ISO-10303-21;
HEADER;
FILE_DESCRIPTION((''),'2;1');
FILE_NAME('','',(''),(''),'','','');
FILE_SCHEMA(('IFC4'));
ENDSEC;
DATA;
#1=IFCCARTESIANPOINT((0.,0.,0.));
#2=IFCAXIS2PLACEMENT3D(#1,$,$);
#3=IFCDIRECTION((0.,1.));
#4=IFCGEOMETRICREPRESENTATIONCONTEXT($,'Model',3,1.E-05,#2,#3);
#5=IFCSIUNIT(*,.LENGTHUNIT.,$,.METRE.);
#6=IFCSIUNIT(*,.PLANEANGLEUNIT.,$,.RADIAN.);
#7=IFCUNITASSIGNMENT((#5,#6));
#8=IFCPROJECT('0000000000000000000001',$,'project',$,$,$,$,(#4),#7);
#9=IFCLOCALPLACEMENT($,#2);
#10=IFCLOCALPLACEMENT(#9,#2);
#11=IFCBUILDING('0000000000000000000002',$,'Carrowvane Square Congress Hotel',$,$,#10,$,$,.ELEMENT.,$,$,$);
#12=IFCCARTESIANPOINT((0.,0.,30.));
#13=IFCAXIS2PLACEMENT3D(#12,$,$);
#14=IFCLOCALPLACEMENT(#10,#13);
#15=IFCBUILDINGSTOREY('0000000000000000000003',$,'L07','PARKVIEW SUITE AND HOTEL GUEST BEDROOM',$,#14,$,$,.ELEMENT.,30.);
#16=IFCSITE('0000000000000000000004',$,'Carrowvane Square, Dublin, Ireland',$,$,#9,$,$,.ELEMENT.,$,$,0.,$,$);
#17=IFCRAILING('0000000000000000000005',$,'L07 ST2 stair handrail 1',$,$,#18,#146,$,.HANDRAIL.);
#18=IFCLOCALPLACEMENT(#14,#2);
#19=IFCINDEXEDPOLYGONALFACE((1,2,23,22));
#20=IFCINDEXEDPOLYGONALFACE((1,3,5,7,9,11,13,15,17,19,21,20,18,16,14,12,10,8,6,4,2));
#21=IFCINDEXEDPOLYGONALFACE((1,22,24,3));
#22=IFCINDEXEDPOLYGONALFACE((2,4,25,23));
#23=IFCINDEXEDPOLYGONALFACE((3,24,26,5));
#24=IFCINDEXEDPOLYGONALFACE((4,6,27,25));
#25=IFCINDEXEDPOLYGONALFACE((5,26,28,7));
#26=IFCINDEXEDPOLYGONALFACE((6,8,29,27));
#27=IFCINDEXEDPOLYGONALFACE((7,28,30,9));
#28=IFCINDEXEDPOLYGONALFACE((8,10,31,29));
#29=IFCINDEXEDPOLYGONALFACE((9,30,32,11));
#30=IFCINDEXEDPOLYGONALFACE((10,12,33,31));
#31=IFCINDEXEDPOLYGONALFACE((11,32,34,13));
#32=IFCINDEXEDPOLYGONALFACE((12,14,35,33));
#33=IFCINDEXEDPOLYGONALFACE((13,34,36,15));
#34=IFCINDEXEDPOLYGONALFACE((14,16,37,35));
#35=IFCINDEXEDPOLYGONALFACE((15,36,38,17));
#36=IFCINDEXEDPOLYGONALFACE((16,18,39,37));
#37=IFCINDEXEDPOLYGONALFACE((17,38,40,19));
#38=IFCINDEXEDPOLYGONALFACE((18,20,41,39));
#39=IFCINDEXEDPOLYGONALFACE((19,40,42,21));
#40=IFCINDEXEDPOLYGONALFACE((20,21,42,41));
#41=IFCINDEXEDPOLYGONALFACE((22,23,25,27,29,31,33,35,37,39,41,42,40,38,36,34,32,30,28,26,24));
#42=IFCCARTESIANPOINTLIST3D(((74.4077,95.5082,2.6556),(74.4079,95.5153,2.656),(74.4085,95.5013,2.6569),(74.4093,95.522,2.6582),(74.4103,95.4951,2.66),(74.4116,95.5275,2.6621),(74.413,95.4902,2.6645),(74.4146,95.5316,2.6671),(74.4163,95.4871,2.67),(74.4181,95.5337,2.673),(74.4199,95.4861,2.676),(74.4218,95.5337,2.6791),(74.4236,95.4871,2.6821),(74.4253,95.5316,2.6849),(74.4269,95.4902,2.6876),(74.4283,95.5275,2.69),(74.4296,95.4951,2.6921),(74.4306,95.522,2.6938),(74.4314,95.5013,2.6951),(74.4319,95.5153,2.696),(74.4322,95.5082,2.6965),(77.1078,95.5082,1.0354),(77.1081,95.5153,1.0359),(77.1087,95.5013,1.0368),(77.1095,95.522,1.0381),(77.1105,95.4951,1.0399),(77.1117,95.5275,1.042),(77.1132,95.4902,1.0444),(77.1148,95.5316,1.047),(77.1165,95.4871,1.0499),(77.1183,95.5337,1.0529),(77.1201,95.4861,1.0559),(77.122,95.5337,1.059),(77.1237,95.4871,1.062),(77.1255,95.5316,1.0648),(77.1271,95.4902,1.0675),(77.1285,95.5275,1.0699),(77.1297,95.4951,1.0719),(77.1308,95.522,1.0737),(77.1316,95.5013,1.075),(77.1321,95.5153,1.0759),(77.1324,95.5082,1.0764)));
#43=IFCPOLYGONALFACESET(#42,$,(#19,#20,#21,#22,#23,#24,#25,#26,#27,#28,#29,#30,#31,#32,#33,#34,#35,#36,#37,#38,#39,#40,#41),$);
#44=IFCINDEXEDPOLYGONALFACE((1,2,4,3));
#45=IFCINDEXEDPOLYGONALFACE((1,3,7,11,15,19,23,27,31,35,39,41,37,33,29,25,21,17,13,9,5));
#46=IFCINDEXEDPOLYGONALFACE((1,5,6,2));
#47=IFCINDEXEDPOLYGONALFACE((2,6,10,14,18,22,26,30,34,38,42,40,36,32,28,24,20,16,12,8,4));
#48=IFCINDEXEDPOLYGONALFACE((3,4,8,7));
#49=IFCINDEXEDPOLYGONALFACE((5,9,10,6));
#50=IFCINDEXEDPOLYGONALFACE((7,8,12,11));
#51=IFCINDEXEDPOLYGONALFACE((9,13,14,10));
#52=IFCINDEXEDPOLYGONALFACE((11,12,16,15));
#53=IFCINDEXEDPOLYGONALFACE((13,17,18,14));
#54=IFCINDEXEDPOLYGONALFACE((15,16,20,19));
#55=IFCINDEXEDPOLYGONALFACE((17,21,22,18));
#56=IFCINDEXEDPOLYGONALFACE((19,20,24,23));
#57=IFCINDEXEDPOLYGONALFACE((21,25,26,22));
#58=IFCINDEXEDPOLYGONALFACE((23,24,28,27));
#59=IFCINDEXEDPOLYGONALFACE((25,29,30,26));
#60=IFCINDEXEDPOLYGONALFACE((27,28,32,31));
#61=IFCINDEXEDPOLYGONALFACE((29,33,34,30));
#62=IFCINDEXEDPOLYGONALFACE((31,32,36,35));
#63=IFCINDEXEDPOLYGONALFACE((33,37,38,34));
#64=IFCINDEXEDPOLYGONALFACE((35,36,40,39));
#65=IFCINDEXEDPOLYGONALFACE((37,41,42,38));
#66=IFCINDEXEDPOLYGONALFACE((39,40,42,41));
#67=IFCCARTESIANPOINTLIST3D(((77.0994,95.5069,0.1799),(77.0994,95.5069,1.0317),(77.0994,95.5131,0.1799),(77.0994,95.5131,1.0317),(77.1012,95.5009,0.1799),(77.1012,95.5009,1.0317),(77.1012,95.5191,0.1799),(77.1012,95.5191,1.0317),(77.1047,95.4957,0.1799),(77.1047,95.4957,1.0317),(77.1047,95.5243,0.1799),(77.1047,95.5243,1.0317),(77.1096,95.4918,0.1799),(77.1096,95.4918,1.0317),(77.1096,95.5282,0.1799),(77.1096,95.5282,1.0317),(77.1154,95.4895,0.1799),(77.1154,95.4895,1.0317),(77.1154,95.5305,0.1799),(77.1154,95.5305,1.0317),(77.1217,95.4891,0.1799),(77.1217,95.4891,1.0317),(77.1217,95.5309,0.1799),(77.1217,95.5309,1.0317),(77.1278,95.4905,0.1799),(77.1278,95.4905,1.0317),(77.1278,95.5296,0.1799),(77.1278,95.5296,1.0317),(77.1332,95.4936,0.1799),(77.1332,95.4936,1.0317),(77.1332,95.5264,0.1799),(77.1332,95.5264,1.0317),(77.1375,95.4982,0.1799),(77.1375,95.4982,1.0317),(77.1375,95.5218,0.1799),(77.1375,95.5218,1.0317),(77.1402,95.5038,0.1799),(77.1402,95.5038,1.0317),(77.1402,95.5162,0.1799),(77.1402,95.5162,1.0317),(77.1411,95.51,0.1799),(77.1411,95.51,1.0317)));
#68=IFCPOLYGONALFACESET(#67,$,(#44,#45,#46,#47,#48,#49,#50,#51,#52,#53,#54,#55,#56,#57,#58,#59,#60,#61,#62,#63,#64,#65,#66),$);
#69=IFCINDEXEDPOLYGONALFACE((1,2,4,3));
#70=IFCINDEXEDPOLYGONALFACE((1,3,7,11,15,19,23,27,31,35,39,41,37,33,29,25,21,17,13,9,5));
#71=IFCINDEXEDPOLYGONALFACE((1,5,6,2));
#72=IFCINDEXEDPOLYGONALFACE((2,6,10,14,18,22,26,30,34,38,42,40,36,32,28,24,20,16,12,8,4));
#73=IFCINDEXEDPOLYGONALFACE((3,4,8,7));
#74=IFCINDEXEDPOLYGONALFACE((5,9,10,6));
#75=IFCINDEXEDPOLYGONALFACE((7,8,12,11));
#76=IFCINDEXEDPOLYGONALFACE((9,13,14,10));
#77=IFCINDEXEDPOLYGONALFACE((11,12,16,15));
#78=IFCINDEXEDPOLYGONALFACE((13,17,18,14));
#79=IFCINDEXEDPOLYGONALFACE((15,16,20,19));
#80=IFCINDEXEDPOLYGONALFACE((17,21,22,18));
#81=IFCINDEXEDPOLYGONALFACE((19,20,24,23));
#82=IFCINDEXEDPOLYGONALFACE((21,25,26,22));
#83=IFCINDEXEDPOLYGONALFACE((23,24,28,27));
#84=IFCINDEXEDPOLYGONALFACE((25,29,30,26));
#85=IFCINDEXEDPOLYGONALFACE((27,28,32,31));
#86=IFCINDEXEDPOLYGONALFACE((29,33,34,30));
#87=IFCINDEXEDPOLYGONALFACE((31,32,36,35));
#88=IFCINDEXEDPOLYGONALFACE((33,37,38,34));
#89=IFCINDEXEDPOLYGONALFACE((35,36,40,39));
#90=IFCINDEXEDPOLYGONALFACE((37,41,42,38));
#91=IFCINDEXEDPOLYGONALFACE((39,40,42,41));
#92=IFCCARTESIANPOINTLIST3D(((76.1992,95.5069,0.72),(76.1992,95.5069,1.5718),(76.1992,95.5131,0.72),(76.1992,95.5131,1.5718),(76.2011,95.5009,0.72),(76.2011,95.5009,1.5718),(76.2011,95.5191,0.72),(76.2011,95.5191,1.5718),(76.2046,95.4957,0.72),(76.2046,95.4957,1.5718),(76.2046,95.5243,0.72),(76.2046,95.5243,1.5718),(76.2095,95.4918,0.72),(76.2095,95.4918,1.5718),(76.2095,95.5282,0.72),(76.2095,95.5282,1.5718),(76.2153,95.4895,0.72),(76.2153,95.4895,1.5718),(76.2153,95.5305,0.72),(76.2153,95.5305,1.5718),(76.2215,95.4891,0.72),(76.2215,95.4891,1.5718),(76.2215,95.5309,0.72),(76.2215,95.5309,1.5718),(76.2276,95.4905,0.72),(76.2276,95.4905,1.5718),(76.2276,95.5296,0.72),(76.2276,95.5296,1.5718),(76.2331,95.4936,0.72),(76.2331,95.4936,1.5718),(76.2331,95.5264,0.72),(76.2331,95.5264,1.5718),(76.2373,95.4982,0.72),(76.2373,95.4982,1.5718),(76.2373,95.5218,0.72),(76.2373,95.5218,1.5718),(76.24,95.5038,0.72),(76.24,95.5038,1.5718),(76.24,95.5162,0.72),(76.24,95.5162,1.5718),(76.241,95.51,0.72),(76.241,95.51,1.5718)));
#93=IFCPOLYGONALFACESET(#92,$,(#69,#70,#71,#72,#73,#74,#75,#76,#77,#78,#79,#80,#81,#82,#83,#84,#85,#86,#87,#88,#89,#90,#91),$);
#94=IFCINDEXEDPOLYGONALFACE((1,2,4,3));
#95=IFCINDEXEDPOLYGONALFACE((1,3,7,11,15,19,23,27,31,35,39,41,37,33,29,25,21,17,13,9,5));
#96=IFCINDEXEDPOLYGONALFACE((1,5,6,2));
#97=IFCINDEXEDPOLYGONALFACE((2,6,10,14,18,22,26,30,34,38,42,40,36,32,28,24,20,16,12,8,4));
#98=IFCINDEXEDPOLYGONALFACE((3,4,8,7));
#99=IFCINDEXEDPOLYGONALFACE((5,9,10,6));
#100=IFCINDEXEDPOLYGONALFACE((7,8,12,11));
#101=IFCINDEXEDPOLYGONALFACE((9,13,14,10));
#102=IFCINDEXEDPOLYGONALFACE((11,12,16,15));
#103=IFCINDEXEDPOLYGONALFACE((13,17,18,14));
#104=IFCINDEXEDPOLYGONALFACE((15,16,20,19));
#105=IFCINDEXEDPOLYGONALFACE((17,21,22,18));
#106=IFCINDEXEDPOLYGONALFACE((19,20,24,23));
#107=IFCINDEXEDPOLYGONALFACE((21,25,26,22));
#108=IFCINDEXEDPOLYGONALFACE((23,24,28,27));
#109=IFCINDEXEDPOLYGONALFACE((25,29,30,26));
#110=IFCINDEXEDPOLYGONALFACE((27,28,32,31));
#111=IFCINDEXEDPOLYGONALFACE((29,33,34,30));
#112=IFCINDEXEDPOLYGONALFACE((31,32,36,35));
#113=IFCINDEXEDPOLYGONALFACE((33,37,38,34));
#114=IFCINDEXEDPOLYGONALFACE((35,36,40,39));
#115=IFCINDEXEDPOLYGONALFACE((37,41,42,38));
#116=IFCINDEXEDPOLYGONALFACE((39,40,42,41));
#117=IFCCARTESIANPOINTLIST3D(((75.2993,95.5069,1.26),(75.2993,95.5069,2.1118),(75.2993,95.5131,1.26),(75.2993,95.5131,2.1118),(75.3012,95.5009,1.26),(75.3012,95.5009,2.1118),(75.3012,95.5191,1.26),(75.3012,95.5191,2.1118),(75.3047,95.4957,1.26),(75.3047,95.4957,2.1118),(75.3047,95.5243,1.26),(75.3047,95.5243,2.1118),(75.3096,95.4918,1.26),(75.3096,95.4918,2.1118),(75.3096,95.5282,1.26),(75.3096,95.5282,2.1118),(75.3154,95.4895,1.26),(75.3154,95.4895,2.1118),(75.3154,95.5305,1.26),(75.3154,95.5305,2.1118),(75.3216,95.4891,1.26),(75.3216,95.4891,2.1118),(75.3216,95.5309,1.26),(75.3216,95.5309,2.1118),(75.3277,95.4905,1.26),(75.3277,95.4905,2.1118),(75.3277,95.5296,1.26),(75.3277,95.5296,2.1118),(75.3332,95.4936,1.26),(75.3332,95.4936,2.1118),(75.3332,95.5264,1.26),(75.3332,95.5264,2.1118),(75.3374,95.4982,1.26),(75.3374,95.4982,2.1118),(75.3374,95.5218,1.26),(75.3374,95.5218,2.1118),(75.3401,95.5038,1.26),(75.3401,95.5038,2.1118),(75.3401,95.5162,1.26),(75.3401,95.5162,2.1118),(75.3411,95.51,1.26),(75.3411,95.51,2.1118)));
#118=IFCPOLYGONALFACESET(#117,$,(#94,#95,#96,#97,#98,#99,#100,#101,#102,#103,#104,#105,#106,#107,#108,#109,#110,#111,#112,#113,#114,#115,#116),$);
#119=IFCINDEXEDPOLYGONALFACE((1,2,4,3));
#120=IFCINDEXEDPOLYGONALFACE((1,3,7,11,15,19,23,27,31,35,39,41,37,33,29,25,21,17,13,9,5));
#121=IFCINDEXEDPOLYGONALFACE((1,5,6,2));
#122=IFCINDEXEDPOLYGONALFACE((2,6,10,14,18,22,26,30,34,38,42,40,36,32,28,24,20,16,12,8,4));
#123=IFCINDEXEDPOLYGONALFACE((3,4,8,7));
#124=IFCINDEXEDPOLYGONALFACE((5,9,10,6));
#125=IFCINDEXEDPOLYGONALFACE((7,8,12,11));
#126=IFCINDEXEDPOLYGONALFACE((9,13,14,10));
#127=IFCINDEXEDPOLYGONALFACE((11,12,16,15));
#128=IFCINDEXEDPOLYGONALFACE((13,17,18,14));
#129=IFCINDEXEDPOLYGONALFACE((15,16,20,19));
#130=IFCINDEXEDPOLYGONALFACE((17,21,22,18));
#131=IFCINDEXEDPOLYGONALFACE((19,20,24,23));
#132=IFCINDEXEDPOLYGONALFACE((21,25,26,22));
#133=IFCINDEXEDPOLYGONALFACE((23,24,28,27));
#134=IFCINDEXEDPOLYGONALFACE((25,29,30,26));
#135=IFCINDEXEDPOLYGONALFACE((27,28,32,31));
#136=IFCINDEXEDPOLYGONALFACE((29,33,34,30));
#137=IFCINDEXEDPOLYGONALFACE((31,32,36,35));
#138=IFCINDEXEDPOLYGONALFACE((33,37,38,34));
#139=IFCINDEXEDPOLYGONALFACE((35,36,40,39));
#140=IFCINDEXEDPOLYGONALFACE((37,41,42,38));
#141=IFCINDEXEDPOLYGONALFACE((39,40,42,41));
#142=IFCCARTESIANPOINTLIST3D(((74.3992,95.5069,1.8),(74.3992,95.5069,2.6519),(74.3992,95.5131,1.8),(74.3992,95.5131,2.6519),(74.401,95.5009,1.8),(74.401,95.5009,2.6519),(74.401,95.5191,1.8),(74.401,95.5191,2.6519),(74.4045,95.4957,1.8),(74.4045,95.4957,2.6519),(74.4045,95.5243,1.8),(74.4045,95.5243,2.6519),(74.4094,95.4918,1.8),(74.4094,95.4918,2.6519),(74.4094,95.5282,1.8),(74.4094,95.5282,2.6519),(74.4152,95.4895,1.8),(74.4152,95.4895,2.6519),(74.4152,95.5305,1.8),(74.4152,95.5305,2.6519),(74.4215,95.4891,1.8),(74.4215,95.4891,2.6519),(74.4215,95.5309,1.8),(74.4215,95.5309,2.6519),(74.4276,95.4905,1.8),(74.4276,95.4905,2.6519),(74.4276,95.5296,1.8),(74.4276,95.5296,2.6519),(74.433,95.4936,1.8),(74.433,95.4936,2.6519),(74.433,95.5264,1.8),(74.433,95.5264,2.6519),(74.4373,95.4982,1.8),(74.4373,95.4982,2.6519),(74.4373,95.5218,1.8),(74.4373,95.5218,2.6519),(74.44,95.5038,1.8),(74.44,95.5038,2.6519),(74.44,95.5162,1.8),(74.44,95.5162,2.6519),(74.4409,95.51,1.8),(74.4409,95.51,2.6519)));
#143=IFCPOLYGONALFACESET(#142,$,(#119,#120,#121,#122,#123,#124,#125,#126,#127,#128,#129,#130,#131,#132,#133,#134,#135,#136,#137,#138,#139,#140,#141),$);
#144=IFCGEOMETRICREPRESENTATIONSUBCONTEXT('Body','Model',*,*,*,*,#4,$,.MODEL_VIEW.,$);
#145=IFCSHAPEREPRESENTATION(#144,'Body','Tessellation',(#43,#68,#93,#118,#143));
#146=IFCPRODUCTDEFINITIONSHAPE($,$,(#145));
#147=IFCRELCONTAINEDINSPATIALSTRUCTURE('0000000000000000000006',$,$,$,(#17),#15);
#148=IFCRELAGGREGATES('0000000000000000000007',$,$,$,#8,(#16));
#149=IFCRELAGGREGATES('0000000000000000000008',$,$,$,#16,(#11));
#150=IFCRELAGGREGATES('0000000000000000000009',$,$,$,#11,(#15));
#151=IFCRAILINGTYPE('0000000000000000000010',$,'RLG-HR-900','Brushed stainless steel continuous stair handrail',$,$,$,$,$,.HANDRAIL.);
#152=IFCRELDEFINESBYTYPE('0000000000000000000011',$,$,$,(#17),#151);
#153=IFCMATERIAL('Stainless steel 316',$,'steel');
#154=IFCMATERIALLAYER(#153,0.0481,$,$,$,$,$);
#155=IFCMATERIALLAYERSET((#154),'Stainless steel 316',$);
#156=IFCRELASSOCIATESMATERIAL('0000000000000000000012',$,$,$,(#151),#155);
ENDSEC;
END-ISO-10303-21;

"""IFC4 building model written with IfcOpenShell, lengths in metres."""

from ifc_helpers import new_model, si_unit, direction, frame, origin, origin_2d, place, context, subcontext, project, spatial, circle, extrude, material, layer, layer_set, type_object, element, save


model = new_model("IFC4")

# Units and contexts
model_context = context("Model", 3, precision=1e-05, world=origin(), true_north=direction((0.0, 1.0)))
body_context = subcontext(model_context, "Body", "Model", "MODEL_VIEW")
ifc_project = project(units=[si_unit("LENGTHUNIT", "METRE"), si_unit("PLANEANGLEUNIT", "RADIAN")], contexts=[model_context])

# Site, building, storey
site_placement = place(None, origin())
site = spatial("IfcSite", under=ifc_project, at=site_placement, Name="Carrowvane Square, Dublin, Ireland", CompositionType="ELEMENT", RefElevation=0.0)
building_placement = place(site_placement, origin())
building = spatial("IfcBuilding", under=site, at=building_placement, Name="Carrowvane Square Congress Hotel", CompositionType="ELEMENT")
storey_placement = place(building_placement, frame((0.0, 0.0, 30.0)))
storey = spatial("IfcBuildingStorey", under=building, at=storey_placement, Name="L07", Description="PARKVIEW SUITE AND HOTEL GUEST BEDROOM", CompositionType="ELEMENT", Elevation=30.0)

# Railing
ifc_material_1 = material(Name="Stainless steel 316", Category="steel")
ifc_layer_1 = layer(ifc_material_1, 0.0481)
ifc_layer_set_1 = layer_set([ifc_layer_1], Name="Stainless steel 316")
railing_type_1 = type_object("IfcRailingType", Name="RLG-HR-900", Description="Brushed stainless steel continuous stair handrail", PredefinedType="HANDRAIL", material=ifc_layer_set_1)
railing_1_placement = place(storey_placement, frame((77.1201, 95.51, 0.1799)))
element("IfcRailing", 1, at=railing_1_placement, inside=storey, type_object=railing_type_1, Name="L07 ST2 stair handrail 1", PredefinedType="HANDRAIL", context=body_context, shape_type="SweptSolid", body=[
    extrude(circle(Radius=0.0239, at=origin_2d()), frame((0.0, 0.0, 0.876), z_axis=(-0.857493, 0.0, 0.514496), x_axis=(0.0, -1.0, 0.0)), (0.0, 0.0, 1.0), 3.1489),
    extrude(circle(Radius=0.021, at=origin_2d()), origin(), (0.0, 0.0, 1.0), 0.8518),
    extrude(circle(Radius=0.021, at=origin_2d()), frame((-0.9001, 0.0, 0.54)), (0.0, 0.0, 1.0), 0.8518),
    extrude(circle(Radius=0.021, at=origin_2d()), frame((-1.8, 0.0, 1.0801)), (0.0, 0.0, 1.0), 0.8518),
    extrude(circle(Radius=0.021, at=origin_2d()), frame((-2.7002, 0.0, 1.6201)), (0.0, 0.0, 1.0), 0.8518),
])

save(model, "model.ifc")
